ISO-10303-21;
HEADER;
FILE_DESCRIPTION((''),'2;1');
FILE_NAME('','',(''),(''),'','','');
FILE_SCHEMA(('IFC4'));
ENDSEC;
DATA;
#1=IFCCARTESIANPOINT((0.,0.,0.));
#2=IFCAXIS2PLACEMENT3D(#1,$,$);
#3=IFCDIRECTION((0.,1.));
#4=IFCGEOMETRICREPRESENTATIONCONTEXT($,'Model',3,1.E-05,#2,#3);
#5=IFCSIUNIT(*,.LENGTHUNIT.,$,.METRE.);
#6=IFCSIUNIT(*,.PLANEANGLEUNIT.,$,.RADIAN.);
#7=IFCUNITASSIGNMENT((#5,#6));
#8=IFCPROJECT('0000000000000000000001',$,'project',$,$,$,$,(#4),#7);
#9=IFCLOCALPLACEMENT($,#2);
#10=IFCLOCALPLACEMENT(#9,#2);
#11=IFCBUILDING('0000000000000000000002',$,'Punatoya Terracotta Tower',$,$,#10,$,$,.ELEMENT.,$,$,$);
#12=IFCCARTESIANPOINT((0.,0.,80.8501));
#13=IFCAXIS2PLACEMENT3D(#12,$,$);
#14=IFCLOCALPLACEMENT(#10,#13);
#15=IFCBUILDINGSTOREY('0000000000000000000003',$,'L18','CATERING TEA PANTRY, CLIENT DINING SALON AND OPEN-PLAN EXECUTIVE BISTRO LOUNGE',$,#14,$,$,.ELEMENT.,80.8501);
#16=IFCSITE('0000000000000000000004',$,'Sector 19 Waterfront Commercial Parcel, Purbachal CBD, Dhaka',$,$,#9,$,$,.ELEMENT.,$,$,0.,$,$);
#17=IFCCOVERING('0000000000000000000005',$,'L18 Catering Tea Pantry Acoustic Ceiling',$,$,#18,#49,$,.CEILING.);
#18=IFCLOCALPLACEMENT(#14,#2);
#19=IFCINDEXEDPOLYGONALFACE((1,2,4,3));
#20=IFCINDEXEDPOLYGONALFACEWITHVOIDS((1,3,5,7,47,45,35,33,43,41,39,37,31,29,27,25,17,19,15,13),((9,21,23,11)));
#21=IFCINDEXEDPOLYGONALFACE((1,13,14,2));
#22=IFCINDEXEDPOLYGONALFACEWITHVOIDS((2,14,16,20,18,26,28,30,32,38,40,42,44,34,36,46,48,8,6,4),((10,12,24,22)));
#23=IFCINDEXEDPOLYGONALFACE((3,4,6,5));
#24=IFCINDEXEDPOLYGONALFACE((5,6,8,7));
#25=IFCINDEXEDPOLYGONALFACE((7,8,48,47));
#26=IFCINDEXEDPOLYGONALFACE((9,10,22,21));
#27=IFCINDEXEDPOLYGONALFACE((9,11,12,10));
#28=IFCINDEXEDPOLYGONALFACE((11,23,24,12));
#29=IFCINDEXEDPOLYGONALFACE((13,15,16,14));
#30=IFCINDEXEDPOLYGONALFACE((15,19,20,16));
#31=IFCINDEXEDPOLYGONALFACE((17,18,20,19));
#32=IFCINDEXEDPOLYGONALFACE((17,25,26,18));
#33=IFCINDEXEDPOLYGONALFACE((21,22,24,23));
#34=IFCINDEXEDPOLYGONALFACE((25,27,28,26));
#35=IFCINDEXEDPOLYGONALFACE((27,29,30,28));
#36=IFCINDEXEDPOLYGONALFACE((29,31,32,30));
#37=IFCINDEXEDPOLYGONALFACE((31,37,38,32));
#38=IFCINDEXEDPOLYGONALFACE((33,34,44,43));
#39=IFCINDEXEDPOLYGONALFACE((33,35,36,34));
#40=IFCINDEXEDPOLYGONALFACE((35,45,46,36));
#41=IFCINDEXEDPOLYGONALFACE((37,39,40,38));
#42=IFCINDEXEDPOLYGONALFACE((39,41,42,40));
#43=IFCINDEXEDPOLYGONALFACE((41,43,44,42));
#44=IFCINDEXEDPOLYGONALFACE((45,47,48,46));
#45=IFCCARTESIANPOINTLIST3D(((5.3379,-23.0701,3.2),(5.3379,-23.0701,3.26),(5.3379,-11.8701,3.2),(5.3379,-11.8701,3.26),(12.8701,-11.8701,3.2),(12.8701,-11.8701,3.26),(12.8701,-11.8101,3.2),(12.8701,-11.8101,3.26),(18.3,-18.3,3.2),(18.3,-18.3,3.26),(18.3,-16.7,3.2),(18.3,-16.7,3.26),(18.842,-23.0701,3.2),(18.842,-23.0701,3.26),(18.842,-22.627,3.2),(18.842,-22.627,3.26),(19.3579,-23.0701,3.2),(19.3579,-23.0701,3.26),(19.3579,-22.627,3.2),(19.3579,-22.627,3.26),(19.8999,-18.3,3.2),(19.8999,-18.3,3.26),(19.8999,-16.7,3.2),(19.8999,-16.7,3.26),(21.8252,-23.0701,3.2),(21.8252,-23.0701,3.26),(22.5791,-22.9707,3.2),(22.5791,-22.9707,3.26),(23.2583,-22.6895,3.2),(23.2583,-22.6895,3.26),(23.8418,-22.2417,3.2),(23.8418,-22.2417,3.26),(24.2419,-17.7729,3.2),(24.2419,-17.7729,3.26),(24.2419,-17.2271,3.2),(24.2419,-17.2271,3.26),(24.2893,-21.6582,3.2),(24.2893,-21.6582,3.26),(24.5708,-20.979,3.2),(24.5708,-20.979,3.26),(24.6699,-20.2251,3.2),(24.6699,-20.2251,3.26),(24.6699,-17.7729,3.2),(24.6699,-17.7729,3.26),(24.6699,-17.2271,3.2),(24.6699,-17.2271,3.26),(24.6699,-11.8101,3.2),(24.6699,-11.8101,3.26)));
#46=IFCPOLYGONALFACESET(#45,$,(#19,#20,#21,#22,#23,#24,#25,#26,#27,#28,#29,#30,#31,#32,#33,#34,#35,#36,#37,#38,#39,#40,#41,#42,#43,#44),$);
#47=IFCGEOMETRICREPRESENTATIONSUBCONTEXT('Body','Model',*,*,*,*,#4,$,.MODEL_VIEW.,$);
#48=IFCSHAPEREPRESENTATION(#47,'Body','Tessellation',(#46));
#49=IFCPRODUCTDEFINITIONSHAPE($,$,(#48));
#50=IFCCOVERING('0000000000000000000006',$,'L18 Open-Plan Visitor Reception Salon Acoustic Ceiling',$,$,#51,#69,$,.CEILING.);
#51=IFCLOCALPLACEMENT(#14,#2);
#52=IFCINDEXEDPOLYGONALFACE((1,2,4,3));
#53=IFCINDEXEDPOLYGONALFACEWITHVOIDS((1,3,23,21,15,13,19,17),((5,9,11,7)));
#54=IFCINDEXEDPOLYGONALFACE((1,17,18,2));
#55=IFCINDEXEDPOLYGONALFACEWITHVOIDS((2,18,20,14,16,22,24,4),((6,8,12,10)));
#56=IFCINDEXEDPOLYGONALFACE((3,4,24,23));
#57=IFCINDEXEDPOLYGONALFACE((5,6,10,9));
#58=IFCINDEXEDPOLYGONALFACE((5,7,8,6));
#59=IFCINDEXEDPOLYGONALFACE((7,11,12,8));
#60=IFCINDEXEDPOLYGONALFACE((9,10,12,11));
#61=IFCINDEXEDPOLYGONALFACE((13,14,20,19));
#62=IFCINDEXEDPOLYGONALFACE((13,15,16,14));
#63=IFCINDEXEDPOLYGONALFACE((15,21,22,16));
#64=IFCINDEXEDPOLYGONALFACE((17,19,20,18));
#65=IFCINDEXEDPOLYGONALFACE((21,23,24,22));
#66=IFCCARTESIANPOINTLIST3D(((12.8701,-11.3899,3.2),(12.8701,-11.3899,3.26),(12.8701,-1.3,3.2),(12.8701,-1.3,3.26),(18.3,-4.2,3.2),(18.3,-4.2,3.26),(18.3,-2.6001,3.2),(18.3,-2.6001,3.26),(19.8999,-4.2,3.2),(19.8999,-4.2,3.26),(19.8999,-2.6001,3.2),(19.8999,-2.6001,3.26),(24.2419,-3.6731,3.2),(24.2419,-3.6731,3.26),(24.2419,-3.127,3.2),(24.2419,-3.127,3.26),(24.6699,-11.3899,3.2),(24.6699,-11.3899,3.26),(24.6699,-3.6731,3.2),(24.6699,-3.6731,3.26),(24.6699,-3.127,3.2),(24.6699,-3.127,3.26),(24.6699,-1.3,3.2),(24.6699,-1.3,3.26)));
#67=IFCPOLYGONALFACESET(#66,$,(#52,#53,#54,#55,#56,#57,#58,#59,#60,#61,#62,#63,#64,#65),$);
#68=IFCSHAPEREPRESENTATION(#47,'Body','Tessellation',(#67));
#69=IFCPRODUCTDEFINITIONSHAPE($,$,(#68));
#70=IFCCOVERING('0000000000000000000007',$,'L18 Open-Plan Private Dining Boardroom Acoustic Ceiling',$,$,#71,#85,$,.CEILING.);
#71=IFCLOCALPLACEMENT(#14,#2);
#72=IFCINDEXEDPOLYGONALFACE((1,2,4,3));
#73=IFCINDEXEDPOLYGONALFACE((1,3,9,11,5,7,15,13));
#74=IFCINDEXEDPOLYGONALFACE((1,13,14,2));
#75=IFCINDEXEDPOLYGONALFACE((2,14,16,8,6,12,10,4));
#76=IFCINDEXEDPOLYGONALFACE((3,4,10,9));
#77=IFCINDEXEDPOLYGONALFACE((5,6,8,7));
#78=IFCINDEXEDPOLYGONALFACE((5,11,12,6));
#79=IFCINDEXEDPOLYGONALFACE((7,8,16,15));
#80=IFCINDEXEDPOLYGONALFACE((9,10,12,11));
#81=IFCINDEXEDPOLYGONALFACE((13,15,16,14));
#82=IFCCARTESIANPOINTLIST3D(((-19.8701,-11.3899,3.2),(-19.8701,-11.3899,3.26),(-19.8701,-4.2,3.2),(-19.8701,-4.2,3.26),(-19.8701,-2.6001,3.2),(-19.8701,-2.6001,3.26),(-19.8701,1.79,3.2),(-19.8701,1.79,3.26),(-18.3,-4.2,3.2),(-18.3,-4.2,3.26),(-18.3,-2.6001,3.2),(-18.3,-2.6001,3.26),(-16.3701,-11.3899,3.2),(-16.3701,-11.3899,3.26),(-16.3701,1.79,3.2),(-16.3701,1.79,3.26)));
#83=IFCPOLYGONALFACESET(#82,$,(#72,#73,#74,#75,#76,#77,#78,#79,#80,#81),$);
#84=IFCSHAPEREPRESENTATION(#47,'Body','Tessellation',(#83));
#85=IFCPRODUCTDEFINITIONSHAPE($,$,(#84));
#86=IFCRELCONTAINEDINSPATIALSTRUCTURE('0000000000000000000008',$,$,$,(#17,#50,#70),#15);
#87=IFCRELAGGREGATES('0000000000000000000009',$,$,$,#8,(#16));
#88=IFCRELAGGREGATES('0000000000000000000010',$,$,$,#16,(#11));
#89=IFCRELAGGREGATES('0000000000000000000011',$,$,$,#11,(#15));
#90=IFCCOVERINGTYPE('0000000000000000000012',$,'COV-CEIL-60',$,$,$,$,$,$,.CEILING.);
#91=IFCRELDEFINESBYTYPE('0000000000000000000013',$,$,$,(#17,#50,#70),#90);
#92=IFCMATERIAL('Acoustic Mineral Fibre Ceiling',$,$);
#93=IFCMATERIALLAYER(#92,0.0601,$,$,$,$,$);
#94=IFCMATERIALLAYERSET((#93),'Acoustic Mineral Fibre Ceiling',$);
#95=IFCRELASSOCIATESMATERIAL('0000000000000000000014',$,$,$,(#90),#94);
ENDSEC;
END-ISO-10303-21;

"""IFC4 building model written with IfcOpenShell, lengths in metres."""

from ifc_helpers import new_model, si_unit, direction, frame, origin, place, context, subcontext, project, spatial, polyline, outline, extrude, material, layer, layer_set, type_object, element, save


model = new_model("IFC4")

# Units and contexts
model_context = context("Model", 3, precision=1e-05, world=origin(), true_north=direction((0.0, 1.0)))
body_context = subcontext(model_context, "Body", "Model", "MODEL_VIEW")
ifc_project = project(units=[si_unit("LENGTHUNIT", "METRE"), si_unit("PLANEANGLEUNIT", "RADIAN")], contexts=[model_context])

# Site, building, storey
site_placement = place(None, origin())
site = spatial("IfcSite", under=ifc_project, at=site_placement, Name="Sector 19 Waterfront Commercial Parcel, Purbachal CBD, Dhaka", CompositionType="ELEMENT", RefElevation=0.0)
building_placement = place(site_placement, origin())
building = spatial("IfcBuilding", under=site, at=building_placement, Name="Punatoya Terracotta Tower", CompositionType="ELEMENT")
storey_placement = place(building_placement, frame((0.0, 0.0, 80.8501)))
storey = spatial("IfcBuildingStorey", under=building, at=storey_placement, Name="L18", Description="CATERING TEA PANTRY, CLIENT DINING SALON AND OPEN-PLAN EXECUTIVE BISTRO LOUNGE", CompositionType="ELEMENT", Elevation=80.8501)

# Coverings
ifc_material_1 = material(Name="Acoustic Mineral Fibre Ceiling")
ifc_layer_1 = layer(ifc_material_1, 0.0601)
ifc_layer_set_1 = layer_set([ifc_layer_1], Name="Acoustic Mineral Fibre Ceiling")
covering_type = type_object("IfcCoveringType", Name="COV-CEIL-60", PredefinedType="CEILING", material=ifc_layer_set_1)
covering_1_placement = place(storey_placement, frame((0.0, 0.0, 3.2)))
element("IfcCovering", 1, at=covering_1_placement, inside=storey, type_object=covering_type, Name="L18 Catering Tea Pantry Acoustic Ceiling", PredefinedType="CEILING", context=body_context, shape_type="SweptSolid", body=[
    extrude(outline(polyline([(12.8701, -11.8701), (5.3379, -11.8701), (5.3379, -23.0701), (18.842, -23.0701), (18.842, -22.627), (19.3579, -22.627), (19.3579, -23.0701), (21.8252, -23.0701), (22.5791, -22.9707), (23.2583, -22.6895), (23.8418, -22.2417), (24.2893, -21.6582), (24.5708, -20.979), (24.6699, -20.2251), (24.6699, -17.7729), (24.2419, -17.7729), (24.2419, -17.2271), (24.6699, -17.2271), (24.6699, -11.8101), (12.8701, -11.8101), (12.8701, -11.8701)]), holes=[polyline([(19.8999, -18.3), (18.3, -18.3), (18.3, -16.7), (19.8999, -16.7), (19.8999, -18.3)])]), origin(), (0.0, 0.0, 1.0), 0.0601),
])
covering_2_placement = place(storey_placement, frame((0.0, 0.0, 3.2)))
element("IfcCovering", 2, at=covering_2_placement, inside=storey, type_object=covering_type, Name="L18 Open-Plan Visitor Reception Salon Acoustic Ceiling", PredefinedType="CEILING", context=body_context, shape_type="SweptSolid", body=[
    extrude(outline(polyline([(24.2419, -3.6731), (24.2419, -3.127), (24.6699, -3.127), (24.6699, -1.3), (12.8701, -1.3), (12.8701, -11.3899), (24.6699, -11.3899), (24.6699, -3.6731), (24.2419, -3.6731)]), holes=[polyline([(18.3, -4.2), (18.3, -2.6001), (19.8999, -2.6001), (19.8999, -4.2), (18.3, -4.2)])]), origin(), (0.0, 0.0, 1.0), 0.0601),
])
covering_3_placement = place(storey_placement, frame((0.0, 0.0, 3.2)))
element("IfcCovering", 3, at=covering_3_placement, inside=storey, type_object=covering_type, Name="L18 Open-Plan Private Dining Boardroom Acoustic Ceiling", PredefinedType="CEILING", context=body_context, shape_type="SweptSolid", body=[
    extrude(outline(polyline([(-19.8701, -4.2), (-19.8701, -11.3899), (-16.3701, -11.3899), (-16.3701, 1.79), (-19.8701, 1.79), (-19.8701, -2.6001), (-18.3, -2.6001), (-18.3, -4.2), (-19.8701, -4.2)])), origin(), (0.0, 0.0, 1.0), 0.0601),
])

save(model, "model.ifc")
